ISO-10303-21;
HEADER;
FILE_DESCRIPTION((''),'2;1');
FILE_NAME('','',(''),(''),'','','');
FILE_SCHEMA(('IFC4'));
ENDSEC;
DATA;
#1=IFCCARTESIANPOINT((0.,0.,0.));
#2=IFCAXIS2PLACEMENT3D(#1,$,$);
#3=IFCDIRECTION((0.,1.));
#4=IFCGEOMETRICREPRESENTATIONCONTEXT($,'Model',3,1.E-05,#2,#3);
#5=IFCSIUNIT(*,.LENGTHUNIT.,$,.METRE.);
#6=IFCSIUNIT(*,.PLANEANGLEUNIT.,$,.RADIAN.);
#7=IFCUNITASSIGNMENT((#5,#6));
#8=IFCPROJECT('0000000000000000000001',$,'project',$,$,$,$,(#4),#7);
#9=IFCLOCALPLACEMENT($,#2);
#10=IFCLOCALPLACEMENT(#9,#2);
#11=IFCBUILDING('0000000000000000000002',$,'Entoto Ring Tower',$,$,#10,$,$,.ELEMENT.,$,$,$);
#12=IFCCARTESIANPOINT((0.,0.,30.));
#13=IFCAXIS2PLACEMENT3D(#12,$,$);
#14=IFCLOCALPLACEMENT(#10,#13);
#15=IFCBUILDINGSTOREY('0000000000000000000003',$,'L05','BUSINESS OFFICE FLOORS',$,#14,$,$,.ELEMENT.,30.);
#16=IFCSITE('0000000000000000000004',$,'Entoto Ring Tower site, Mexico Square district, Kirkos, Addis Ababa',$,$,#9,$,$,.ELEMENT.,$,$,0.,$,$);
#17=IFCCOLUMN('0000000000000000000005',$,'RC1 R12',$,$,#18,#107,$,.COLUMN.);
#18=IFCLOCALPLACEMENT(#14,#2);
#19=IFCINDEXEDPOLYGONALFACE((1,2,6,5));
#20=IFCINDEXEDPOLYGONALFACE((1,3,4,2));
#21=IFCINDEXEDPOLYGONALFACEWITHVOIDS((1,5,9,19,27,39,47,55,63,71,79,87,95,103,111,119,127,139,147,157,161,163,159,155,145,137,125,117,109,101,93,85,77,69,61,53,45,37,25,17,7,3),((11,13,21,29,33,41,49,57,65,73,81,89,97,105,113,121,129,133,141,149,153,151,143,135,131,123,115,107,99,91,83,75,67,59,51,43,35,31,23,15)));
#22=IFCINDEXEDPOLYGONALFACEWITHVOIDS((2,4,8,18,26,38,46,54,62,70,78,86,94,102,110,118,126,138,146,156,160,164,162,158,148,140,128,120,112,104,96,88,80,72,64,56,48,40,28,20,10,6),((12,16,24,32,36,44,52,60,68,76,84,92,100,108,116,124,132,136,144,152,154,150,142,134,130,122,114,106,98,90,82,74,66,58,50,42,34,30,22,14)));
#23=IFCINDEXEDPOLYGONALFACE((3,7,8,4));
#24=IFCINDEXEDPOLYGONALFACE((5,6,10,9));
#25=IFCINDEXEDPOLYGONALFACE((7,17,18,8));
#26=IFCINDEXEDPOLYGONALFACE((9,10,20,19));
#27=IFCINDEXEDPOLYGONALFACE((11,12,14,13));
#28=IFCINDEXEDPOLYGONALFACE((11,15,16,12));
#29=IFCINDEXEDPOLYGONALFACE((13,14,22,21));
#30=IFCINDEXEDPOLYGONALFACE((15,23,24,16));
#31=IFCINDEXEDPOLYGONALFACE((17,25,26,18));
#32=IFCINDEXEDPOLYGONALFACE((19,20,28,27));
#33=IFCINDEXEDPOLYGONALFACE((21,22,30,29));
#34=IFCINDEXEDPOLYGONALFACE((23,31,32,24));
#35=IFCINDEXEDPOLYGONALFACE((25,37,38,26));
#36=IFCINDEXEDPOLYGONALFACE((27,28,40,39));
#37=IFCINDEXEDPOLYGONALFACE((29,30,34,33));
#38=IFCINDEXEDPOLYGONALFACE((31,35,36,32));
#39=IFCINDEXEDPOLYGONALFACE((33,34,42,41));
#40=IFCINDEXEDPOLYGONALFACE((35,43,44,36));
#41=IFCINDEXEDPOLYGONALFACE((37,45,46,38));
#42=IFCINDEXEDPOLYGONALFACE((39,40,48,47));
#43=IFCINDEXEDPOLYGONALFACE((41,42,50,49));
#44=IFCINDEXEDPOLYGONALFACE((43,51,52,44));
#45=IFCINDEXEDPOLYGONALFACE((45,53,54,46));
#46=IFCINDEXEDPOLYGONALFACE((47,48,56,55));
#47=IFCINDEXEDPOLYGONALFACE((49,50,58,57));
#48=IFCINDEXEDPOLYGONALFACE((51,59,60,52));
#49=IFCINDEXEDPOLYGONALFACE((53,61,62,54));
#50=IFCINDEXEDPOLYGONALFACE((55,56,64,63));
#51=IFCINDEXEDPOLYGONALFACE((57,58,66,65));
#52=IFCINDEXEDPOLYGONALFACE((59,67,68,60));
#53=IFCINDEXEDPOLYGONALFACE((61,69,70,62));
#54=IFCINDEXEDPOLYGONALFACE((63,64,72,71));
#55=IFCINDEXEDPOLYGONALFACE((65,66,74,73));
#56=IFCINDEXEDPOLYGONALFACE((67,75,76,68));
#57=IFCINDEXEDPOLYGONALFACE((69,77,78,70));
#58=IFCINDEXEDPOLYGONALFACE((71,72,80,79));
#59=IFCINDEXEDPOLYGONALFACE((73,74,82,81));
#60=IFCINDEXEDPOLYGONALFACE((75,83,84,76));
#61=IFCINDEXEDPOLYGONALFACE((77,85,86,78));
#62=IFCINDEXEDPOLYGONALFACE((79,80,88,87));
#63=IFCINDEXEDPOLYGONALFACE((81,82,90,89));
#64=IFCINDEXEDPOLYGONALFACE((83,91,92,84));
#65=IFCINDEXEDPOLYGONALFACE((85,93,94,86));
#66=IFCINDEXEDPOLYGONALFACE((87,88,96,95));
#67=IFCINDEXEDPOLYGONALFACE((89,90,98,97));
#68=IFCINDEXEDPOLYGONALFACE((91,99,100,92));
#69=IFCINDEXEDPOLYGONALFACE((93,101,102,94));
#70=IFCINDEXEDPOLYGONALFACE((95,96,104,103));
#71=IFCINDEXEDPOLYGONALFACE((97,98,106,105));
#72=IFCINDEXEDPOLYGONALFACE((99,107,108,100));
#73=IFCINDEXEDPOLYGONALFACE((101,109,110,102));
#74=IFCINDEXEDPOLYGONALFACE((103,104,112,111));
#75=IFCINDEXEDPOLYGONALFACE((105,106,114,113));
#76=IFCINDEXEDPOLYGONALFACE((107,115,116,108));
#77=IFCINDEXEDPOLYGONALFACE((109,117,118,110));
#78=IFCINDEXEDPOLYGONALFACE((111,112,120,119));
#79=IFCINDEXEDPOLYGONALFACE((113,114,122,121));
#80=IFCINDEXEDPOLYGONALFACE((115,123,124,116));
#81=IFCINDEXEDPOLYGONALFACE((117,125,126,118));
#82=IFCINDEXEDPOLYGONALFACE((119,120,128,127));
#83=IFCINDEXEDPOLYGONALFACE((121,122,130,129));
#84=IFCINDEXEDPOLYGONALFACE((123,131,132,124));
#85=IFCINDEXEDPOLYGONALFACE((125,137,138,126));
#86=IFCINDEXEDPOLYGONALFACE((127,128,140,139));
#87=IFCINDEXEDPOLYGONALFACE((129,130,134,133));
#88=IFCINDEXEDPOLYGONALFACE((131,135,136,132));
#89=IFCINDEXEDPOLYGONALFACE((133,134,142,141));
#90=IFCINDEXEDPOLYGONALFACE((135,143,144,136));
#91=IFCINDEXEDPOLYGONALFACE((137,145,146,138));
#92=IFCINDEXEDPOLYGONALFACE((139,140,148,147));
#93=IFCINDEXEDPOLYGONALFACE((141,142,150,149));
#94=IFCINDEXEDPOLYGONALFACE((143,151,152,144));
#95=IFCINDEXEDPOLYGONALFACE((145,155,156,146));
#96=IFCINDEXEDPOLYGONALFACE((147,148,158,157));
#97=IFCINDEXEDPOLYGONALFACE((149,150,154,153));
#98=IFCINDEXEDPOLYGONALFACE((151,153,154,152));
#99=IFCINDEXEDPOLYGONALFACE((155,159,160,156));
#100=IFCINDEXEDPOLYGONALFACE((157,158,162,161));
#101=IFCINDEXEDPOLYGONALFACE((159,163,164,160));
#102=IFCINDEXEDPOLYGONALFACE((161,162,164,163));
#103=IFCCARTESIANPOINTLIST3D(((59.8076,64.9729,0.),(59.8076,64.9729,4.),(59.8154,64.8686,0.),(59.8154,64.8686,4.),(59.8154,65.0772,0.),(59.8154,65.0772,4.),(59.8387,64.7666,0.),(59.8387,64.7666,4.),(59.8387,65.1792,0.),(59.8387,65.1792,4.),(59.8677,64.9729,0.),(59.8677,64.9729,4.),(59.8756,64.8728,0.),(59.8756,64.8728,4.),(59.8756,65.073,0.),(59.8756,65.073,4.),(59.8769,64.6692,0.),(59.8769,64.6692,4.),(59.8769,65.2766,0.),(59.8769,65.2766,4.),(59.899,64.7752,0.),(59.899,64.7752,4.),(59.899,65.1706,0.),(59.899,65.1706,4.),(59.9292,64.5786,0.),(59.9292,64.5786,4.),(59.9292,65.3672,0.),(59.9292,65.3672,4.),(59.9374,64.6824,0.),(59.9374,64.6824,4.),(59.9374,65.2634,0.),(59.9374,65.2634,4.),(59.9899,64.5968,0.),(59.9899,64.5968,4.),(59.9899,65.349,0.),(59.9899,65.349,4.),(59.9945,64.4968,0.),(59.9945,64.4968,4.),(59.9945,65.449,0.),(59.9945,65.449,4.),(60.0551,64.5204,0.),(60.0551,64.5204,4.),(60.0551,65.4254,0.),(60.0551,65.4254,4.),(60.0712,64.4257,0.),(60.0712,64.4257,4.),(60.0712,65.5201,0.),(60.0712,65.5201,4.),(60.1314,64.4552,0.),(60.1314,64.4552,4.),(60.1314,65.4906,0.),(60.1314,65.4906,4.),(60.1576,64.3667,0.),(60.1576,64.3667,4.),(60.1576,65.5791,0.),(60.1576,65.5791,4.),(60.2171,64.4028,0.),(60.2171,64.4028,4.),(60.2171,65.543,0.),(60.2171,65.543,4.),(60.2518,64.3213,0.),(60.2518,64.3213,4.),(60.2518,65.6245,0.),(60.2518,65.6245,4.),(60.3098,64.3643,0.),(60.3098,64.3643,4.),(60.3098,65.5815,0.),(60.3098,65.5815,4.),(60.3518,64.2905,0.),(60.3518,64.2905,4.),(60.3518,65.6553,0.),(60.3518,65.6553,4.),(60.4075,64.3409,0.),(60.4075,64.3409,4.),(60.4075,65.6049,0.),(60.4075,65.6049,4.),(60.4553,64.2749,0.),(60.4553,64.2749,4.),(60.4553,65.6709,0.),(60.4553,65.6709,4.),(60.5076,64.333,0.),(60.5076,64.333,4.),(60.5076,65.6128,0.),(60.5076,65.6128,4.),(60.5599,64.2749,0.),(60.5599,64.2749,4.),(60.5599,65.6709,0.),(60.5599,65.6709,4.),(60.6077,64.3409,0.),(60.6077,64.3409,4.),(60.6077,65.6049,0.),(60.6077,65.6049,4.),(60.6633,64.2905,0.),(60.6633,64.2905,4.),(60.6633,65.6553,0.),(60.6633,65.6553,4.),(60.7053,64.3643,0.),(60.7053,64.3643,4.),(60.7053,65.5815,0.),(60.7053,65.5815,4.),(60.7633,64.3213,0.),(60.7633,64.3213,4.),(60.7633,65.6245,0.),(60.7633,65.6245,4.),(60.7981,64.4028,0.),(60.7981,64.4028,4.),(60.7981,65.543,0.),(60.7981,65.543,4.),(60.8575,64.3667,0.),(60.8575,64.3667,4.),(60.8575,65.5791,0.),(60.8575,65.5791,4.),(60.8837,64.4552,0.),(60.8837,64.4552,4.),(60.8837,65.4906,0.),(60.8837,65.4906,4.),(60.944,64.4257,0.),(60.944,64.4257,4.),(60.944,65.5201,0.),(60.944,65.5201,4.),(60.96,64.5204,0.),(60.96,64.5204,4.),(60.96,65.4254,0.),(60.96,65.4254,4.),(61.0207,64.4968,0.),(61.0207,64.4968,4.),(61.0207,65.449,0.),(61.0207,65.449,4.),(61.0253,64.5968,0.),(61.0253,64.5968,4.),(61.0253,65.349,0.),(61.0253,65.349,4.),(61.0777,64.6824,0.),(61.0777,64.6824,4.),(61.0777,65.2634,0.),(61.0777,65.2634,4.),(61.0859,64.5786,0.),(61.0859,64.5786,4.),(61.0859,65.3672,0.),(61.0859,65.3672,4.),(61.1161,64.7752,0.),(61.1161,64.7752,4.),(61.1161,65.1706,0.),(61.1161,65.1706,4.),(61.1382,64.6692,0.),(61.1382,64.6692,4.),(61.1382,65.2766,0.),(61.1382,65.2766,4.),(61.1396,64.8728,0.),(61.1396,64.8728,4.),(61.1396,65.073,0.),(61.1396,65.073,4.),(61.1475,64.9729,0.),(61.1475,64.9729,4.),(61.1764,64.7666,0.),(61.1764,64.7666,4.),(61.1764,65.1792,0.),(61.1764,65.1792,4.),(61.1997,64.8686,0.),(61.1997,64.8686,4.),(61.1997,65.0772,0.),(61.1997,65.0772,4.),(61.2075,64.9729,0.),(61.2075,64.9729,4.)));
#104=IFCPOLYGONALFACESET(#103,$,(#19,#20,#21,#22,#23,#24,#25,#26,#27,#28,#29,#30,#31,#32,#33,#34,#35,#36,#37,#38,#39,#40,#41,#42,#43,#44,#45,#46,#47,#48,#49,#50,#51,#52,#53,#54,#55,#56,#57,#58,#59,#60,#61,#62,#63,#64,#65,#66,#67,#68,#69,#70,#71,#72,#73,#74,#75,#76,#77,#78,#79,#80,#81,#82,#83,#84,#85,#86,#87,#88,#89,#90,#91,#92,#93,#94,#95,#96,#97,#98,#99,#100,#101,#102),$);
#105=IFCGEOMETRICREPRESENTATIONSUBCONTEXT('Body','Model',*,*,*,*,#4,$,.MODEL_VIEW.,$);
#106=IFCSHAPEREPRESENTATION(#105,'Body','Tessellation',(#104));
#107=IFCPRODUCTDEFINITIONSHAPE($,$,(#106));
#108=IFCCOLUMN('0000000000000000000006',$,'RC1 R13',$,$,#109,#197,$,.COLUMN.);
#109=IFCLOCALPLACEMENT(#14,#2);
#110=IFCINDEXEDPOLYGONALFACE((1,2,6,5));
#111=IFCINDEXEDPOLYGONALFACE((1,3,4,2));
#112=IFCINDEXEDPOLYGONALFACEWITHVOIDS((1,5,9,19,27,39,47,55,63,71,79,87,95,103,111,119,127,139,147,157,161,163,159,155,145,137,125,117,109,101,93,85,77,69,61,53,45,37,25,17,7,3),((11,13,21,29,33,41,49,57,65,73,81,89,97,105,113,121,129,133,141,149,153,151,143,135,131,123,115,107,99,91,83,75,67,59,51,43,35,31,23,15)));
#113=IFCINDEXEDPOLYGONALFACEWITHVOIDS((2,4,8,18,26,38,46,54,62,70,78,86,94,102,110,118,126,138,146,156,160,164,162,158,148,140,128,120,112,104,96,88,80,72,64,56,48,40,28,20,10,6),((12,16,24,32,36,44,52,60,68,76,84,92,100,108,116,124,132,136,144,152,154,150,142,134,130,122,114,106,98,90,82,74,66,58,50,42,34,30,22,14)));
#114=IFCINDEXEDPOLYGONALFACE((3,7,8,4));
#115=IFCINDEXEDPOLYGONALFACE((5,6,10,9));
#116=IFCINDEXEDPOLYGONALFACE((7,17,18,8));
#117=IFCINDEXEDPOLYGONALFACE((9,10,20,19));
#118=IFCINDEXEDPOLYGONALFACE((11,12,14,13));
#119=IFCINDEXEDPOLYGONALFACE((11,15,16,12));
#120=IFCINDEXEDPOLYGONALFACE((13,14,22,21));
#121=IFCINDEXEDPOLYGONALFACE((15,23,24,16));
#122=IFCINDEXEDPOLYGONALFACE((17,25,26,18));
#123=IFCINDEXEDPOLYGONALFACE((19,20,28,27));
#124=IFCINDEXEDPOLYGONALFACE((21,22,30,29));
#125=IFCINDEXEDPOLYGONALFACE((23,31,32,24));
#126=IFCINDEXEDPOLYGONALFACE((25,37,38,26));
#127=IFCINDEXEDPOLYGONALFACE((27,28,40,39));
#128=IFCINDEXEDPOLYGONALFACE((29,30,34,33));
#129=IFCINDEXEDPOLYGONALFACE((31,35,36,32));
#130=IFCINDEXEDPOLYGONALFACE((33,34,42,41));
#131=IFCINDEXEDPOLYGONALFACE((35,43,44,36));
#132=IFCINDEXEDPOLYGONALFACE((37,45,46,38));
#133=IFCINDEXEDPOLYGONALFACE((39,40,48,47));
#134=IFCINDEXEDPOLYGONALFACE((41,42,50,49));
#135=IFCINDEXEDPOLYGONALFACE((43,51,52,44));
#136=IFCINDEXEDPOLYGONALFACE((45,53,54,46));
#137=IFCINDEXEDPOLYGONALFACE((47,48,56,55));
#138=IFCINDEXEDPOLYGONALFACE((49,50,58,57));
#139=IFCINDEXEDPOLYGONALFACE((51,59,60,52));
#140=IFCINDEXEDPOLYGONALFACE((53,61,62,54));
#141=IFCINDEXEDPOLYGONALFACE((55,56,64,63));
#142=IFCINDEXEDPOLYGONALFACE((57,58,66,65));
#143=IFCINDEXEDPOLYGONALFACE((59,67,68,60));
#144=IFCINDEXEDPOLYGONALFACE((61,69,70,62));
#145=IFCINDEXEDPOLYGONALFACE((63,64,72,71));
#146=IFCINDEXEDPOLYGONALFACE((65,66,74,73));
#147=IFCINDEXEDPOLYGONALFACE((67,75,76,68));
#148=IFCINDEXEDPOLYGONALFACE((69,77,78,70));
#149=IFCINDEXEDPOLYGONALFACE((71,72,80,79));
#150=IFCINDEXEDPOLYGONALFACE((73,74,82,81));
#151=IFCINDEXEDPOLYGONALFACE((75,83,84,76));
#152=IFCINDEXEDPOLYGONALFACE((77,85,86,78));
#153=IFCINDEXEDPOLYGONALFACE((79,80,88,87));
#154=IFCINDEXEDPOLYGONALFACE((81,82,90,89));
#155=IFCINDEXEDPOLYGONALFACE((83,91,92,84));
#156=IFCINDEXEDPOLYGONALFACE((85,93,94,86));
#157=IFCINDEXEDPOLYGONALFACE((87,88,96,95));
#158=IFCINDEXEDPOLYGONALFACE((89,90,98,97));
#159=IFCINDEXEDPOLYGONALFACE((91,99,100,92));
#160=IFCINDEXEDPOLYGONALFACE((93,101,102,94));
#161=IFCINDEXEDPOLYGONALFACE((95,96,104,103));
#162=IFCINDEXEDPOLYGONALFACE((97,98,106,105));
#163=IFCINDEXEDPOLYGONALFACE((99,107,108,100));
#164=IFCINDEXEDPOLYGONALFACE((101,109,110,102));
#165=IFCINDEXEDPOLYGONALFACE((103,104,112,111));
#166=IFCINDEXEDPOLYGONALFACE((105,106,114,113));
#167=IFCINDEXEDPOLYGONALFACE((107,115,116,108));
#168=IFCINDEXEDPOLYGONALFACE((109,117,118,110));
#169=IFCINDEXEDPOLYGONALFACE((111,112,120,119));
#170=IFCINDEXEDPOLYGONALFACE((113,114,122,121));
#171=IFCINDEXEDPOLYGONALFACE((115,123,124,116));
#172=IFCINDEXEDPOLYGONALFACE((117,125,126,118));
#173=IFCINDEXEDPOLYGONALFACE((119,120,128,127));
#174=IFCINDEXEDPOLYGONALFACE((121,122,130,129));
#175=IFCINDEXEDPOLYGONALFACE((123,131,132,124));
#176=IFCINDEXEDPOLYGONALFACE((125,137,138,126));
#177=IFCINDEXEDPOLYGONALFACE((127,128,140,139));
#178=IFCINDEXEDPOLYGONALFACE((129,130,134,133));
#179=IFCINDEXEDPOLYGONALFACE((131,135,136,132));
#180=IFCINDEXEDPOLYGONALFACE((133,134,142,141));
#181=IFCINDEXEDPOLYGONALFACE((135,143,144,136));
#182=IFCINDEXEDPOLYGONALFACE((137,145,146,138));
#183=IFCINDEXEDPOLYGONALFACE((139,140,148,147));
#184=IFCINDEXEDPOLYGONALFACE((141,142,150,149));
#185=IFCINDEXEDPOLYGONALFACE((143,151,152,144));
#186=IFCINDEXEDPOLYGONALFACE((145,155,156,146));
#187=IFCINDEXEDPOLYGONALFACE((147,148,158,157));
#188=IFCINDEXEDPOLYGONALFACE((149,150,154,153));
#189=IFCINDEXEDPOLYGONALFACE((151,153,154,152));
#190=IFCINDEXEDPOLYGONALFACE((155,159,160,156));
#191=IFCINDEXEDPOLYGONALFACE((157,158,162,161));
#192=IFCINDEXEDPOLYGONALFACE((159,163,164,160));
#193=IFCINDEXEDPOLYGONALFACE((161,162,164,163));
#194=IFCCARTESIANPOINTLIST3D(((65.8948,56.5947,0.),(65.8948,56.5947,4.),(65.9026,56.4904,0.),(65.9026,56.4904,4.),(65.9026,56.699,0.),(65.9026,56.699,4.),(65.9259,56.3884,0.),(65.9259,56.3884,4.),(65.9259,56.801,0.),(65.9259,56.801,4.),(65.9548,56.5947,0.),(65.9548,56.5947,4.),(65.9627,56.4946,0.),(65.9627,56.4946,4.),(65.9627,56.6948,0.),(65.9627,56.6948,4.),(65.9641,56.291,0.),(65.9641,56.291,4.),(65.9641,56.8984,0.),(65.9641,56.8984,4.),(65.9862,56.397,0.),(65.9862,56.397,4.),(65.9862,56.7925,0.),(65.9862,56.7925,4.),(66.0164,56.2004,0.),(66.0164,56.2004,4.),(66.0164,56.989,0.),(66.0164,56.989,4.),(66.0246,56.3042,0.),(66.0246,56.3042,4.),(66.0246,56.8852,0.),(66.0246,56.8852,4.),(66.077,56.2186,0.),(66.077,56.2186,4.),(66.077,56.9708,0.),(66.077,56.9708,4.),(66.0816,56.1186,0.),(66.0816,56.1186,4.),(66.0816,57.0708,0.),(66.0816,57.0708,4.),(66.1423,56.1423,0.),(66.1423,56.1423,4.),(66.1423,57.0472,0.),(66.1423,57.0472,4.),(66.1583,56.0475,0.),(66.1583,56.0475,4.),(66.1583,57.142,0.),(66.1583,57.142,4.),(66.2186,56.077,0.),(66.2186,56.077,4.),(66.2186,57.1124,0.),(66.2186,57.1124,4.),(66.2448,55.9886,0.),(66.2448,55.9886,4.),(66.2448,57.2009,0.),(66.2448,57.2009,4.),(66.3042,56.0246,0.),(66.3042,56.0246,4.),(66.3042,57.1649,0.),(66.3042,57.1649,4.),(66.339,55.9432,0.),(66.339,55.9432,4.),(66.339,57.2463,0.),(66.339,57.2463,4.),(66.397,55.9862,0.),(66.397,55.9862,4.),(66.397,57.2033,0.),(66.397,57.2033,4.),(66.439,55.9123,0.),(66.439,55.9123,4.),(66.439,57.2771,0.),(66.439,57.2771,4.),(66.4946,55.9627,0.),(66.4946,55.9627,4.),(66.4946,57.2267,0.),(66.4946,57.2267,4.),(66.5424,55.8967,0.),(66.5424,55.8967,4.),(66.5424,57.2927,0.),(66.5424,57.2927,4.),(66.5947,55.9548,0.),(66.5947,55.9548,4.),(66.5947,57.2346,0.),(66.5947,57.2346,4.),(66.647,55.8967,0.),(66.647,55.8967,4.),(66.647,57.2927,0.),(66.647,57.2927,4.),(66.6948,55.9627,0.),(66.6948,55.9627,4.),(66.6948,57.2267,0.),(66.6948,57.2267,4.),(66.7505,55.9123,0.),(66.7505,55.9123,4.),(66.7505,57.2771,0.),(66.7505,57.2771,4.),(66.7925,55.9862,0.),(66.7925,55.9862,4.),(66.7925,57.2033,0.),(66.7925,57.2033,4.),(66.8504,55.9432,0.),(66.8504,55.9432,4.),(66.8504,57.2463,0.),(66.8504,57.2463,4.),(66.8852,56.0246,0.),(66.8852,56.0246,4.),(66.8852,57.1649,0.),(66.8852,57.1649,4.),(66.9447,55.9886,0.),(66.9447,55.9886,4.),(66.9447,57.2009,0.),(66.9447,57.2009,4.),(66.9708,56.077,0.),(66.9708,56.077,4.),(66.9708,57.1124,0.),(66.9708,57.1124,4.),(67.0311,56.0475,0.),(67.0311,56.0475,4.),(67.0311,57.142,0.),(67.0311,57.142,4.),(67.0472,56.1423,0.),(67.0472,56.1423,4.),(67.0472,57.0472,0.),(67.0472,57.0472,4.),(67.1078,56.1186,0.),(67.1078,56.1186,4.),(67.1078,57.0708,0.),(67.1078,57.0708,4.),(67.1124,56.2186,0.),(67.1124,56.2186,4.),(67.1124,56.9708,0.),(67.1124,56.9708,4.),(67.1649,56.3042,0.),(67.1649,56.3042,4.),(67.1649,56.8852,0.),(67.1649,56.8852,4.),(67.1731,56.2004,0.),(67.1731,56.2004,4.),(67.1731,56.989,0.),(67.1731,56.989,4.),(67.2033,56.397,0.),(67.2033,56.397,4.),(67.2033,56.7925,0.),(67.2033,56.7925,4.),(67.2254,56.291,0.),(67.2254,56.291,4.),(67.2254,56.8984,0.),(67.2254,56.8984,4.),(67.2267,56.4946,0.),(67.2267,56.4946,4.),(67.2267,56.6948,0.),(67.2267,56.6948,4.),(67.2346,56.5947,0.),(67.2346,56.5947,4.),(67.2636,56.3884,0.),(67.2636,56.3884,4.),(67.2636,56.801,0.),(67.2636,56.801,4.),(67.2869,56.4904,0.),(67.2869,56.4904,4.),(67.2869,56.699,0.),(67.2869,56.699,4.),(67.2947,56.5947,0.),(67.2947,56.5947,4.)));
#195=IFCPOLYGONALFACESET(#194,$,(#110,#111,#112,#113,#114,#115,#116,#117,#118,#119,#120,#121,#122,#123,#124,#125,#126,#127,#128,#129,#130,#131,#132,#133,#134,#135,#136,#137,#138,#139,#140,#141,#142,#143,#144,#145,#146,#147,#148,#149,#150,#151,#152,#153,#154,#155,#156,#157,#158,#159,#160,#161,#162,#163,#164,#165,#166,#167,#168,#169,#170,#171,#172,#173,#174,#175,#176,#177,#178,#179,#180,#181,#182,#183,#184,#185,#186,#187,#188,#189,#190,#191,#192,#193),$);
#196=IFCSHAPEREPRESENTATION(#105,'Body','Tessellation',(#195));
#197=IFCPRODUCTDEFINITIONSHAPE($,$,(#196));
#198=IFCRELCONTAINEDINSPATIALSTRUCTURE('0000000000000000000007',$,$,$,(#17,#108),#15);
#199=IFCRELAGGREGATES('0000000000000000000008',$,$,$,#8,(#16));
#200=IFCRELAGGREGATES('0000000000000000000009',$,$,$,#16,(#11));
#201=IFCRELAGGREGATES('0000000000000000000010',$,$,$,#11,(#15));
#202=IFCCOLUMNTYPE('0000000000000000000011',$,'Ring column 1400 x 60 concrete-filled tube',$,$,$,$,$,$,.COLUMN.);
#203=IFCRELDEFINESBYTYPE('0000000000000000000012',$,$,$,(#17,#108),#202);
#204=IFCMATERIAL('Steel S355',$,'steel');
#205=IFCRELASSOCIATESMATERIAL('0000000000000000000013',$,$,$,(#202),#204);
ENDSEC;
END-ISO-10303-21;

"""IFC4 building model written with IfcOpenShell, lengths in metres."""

from ifc_helpers import new_model, si_unit, direction, frame, origin, origin_2d, place, context, subcontext, project, spatial, circle, hollow_circle, extrude, material, material_profile, profile_set, type_object, element, save


model = new_model("IFC4")

# Units and contexts
model_context = context("Model", 3, precision=1e-05, world=origin(), true_north=direction((0.0, 1.0)))
body_context = subcontext(model_context, "Body", "Model", "MODEL_VIEW")
ifc_project = project(units=[si_unit("LENGTHUNIT", "METRE"), si_unit("PLANEANGLEUNIT", "RADIAN")], contexts=[model_context])

# Site, building, storey
site_placement = place(None, origin())
site = spatial("IfcSite", under=ifc_project, at=site_placement, Name="Entoto Ring Tower site, Mexico Square district, Kirkos, Addis Ababa", CompositionType="ELEMENT", RefElevation=0.0)
building_placement = place(site_placement, origin())
building = spatial("IfcBuilding", under=site, at=building_placement, Name="Entoto Ring Tower", CompositionType="ELEMENT")
storey_placement = place(building_placement, frame((0.0, 0.0, 30.0)))
storey = spatial("IfcBuildingStorey", under=building, at=storey_placement, Name="L05", Description="BUSINESS OFFICE FLOORS", CompositionType="ELEMENT", Elevation=30.0)

# Columns
ifc_material_1 = material(Name="Steel S355", Category="steel")
ifc_material_profile_1 = material_profile(ifc_material_1, hollow_circle(Radius=0.7, WallThickness=0.0601, at=origin_2d()), Name="CHS 1400 x 60")
ifc_material_2 = material(Name="Concrete C60/75", Category="concrete")
ifc_material_profile_2 = material_profile(ifc_material_2, circle(Radius=0.6399, at=origin_2d()), Name="Concrete C60/75 infill")
ifc_profile_set_1 = profile_set([ifc_material_profile_1, ifc_material_profile_2], Name="Steel S355")
column_type = type_object("IfcColumnType", Name="Ring column 1400 x 60 concrete-filled tube", PredefinedType="COLUMN", material=ifc_profile_set_1)
for number, where, z_axis, x_axis, name in (
    (1, (60.5076, 64.9729, 0.0), (0.0, 0.0, 1.0), (1.0, 0.0, 0.0), "RC1 R12"),
    (2, (66.5947, 56.5947, 0.0), (0.0, 0.0, 1.0), (1.0, 0.0, 0.0), "RC1 R13"),
):
    element("IfcColumn", number, at=place(storey_placement, frame(where, z_axis=z_axis, x_axis=x_axis)), inside=storey, type_object=column_type, Name=name, PredefinedType="COLUMN", context=body_context, shape_type="SweptSolid", body=[
        extrude(hollow_circle(Radius=0.7, WallThickness=0.0601, at=origin_2d()), origin(), (0.0, 0.0, 1.0), 4.0),
    ])

save(model, "model.ifc")
